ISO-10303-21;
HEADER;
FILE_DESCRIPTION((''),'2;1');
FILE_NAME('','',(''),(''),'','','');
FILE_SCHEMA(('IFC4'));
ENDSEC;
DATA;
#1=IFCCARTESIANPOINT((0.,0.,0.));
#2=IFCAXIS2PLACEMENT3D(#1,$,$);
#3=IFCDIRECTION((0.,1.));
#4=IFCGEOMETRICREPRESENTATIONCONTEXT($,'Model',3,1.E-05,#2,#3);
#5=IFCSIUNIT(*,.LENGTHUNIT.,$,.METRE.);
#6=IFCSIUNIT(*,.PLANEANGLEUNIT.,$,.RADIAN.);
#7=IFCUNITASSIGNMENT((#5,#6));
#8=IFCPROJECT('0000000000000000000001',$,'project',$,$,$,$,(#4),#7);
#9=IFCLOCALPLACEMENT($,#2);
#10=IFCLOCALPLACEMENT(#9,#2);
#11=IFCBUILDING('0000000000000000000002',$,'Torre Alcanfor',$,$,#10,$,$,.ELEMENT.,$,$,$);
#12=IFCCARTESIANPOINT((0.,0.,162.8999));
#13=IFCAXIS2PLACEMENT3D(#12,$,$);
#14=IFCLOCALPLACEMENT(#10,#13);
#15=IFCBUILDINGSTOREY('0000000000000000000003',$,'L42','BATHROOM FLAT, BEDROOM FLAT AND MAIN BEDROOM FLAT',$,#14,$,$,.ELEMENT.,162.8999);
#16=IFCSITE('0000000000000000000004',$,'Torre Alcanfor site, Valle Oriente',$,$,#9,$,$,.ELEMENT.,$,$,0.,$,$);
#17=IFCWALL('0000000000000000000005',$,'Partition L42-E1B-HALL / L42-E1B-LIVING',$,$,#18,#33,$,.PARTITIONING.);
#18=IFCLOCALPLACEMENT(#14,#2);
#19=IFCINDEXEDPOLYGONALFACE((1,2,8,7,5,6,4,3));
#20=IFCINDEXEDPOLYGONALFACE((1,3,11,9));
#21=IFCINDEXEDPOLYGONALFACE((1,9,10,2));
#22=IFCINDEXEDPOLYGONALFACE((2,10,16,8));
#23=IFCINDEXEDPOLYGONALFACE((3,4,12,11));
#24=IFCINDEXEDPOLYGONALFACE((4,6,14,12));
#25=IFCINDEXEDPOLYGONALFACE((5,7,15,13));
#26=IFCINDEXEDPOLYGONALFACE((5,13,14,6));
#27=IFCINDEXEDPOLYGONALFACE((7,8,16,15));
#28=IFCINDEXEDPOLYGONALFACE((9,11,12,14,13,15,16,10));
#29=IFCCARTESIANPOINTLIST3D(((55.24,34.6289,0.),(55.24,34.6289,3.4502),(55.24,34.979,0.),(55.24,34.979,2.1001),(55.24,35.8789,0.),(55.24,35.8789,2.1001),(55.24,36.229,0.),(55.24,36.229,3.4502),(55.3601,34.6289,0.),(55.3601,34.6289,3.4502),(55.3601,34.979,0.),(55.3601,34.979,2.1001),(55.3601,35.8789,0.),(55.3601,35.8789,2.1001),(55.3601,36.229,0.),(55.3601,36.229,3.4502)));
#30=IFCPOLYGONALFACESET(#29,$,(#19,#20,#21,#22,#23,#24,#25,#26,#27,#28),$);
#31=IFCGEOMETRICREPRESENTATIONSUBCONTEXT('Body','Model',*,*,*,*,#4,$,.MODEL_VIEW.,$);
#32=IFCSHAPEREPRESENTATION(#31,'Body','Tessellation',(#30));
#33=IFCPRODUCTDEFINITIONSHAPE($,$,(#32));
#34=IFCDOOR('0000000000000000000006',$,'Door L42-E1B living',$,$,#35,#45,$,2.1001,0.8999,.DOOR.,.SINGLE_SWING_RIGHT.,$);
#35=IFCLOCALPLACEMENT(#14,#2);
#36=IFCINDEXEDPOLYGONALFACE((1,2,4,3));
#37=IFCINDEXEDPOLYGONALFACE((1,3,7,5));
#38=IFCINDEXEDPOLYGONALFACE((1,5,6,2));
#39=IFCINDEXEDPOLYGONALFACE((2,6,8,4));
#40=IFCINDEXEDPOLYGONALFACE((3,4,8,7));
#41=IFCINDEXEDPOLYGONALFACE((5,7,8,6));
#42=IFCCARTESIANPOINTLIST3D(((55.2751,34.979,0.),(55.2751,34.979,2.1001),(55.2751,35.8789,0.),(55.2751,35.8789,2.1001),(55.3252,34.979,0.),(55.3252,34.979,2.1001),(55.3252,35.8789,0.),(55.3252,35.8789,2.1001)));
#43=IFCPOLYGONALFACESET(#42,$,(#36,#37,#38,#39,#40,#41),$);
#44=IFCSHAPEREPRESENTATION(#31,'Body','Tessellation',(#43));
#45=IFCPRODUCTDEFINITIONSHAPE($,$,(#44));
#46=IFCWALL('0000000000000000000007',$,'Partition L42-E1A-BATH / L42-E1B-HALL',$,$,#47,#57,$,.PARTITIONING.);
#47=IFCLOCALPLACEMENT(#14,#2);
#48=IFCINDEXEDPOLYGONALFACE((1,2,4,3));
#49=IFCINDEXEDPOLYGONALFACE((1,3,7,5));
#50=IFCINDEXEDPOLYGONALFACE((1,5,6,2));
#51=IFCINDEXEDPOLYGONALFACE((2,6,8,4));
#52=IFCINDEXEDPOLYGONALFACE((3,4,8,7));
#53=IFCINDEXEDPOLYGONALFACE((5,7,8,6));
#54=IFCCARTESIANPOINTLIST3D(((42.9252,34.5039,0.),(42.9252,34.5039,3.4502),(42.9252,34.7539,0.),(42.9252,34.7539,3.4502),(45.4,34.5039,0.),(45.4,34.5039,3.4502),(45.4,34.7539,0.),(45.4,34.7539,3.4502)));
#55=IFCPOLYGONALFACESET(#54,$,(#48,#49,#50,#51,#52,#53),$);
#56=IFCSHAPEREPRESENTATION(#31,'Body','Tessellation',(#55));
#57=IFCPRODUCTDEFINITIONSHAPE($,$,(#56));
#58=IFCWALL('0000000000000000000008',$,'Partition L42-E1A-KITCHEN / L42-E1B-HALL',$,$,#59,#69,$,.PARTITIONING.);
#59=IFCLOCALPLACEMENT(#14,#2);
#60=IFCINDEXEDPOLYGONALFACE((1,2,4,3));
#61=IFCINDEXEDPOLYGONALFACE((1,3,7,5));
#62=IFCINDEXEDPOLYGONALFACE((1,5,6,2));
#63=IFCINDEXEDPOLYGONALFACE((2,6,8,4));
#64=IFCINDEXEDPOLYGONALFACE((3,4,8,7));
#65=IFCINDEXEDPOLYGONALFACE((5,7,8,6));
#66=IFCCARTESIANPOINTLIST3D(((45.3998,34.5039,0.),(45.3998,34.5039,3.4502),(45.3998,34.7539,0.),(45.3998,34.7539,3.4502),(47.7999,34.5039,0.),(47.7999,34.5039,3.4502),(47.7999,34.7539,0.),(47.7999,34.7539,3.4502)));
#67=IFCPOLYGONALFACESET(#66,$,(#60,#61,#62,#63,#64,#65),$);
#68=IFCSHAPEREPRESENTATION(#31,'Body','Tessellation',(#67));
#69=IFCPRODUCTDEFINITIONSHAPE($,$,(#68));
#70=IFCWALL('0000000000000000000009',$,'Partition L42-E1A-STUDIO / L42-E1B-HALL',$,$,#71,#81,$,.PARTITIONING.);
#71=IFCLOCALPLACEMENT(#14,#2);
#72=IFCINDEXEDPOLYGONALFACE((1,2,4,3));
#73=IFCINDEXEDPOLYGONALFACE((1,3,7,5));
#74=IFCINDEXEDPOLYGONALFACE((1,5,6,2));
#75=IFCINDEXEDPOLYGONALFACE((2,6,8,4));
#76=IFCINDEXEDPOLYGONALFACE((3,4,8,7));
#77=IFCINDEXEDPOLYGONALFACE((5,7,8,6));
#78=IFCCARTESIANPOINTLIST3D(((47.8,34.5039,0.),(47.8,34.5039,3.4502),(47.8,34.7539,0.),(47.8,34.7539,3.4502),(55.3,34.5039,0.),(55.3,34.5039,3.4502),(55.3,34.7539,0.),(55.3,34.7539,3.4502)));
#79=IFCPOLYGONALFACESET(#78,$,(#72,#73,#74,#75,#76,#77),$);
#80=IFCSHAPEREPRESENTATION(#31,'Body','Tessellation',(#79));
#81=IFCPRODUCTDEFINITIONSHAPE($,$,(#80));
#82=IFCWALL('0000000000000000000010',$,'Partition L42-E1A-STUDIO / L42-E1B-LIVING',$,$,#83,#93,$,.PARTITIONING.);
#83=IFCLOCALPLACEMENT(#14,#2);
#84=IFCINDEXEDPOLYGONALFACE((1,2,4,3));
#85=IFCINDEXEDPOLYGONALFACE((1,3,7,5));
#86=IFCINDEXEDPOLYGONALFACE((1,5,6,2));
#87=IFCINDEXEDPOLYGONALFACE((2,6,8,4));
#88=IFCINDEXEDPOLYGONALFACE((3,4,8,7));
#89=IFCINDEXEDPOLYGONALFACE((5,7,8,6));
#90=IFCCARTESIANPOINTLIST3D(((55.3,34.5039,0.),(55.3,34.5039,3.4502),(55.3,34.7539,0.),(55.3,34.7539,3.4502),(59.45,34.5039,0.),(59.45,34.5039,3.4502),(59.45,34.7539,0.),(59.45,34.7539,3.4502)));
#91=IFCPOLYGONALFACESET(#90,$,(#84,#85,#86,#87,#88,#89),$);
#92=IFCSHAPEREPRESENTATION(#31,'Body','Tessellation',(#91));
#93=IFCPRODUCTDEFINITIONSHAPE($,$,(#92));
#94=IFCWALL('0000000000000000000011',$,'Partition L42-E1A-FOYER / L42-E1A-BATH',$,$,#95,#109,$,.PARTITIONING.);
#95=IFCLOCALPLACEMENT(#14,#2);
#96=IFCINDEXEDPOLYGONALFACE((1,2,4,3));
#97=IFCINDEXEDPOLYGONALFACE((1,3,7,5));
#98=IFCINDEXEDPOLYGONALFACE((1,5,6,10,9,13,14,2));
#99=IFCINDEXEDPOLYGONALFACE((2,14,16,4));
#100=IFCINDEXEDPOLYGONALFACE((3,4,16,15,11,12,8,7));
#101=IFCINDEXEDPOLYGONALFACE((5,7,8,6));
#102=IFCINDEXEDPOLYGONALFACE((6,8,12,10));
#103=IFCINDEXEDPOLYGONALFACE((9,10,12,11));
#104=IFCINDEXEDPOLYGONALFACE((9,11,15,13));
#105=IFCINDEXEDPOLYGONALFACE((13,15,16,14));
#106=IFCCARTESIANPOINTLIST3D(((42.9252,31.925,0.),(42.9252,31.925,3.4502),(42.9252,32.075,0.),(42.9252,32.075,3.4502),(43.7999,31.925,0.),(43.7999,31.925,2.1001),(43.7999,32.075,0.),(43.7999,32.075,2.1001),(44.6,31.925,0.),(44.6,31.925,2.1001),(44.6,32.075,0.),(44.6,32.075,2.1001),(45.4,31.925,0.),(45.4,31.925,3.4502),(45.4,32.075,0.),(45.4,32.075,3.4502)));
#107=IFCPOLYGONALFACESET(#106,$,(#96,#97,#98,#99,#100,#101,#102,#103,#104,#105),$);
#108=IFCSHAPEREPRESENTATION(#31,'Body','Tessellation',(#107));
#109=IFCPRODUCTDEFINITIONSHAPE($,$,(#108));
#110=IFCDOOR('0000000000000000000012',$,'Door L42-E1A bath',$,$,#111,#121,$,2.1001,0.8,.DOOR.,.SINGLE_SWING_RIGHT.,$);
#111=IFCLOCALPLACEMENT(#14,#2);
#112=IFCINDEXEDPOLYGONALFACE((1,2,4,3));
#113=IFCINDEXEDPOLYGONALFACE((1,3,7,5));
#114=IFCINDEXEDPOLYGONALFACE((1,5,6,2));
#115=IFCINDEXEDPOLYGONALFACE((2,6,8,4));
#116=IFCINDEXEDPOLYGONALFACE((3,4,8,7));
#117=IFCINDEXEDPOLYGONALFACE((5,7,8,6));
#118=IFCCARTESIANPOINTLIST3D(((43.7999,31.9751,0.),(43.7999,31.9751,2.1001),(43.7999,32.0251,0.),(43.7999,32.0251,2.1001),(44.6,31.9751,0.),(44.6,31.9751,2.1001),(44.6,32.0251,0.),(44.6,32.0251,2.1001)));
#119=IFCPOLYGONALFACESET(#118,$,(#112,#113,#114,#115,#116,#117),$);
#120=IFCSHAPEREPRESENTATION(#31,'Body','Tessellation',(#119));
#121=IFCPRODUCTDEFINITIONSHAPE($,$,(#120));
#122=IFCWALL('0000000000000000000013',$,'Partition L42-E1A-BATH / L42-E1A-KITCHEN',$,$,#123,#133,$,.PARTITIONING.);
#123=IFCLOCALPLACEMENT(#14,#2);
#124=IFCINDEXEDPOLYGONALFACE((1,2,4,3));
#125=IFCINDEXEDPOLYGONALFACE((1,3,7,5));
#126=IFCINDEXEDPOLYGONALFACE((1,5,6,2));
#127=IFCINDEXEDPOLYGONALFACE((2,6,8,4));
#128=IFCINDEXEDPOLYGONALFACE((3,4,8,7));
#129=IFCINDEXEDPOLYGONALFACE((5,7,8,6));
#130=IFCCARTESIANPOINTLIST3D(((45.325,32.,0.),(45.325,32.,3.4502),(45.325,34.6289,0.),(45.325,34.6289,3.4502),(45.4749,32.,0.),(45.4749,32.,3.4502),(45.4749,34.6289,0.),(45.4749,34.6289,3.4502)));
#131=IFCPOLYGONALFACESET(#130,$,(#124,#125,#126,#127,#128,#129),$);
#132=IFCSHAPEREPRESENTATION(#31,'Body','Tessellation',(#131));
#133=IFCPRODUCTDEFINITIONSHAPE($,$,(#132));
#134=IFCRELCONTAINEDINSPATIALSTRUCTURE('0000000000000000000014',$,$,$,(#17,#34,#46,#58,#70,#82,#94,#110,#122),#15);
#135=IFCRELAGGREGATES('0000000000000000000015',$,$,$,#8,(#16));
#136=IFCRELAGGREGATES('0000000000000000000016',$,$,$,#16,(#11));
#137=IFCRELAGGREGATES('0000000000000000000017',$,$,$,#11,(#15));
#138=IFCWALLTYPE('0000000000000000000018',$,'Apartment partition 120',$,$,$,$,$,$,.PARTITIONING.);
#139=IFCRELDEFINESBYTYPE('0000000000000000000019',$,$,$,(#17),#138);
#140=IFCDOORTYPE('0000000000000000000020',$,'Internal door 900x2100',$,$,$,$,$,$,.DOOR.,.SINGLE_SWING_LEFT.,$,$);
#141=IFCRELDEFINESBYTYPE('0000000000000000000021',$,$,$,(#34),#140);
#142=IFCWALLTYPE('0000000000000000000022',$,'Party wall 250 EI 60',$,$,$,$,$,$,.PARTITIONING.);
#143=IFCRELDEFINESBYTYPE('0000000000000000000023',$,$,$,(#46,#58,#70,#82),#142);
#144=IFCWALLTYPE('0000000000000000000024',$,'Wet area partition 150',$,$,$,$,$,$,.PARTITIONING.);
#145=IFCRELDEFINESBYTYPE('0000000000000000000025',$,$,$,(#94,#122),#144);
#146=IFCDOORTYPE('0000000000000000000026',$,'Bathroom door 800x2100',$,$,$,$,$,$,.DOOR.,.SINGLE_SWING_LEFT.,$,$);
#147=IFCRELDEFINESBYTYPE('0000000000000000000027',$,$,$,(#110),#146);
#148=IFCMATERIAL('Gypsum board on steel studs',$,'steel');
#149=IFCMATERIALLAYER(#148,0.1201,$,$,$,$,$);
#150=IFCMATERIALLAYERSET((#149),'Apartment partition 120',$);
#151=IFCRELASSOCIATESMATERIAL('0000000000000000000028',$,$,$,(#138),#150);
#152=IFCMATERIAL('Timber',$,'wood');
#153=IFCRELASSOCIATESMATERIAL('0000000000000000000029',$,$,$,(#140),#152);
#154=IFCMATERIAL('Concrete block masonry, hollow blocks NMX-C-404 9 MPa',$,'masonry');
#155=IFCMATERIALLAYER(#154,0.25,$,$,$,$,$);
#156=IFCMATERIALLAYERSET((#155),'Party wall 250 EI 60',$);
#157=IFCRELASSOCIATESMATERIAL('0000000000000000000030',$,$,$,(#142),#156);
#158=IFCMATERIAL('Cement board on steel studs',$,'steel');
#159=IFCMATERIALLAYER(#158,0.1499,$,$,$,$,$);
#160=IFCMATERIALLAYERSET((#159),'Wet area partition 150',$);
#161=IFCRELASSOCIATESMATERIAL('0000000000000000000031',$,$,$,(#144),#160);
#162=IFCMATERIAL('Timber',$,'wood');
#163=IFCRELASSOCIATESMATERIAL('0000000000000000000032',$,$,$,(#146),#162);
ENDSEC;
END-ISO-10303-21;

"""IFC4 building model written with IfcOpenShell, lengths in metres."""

from ifc_helpers import new_model, si_unit, direction, frame, frame_2d, origin, place, context, subcontext, project, spatial, rectangle, extrude, material, layer, layer_set, type_object, element, fill, save


model = new_model("IFC4")

# Units and contexts
model_context = context("Model", 3, precision=1e-05, world=origin(), true_north=direction((0.0, 1.0)))
body_context = subcontext(model_context, "Body", "Model", "MODEL_VIEW")
ifc_project = project(units=[si_unit("LENGTHUNIT", "METRE"), si_unit("PLANEANGLEUNIT", "RADIAN")], contexts=[model_context])

# Site, building, storey
site_placement = place(None, origin())
site = spatial("IfcSite", under=ifc_project, at=site_placement, Name="Torre Alcanfor site, Valle Oriente", CompositionType="ELEMENT", RefElevation=0.0)
building_placement = place(site_placement, origin())
building = spatial("IfcBuilding", under=site, at=building_placement, Name="Torre Alcanfor", CompositionType="ELEMENT")
storey_placement = place(building_placement, frame((0.0, 0.0, 162.8999)))
storey = spatial("IfcBuildingStorey", under=building, at=storey_placement, Name="L42", Description="BATHROOM FLAT, BEDROOM FLAT AND MAIN BEDROOM FLAT", CompositionType="ELEMENT", Elevation=162.8999)

# Wall, opening, door
ifc_material_1 = material(Name="Gypsum board on steel studs", Category="steel")
ifc_layer_1 = layer(ifc_material_1, 0.1201)
ifc_layer_set_1 = layer_set([ifc_layer_1], Name="Apartment partition 120")
wall_type_1 = type_object("IfcWallType", Name="Apartment partition 120", PredefinedType="PARTITIONING", material=ifc_layer_set_1)
wall_1_placement = place(storey_placement, frame((55.3, 34.6289, 0.0), z_axis=(0.0, 0.0, 1.0), x_axis=(0.0, 1.0, 0.0)))
wall_1 = element("IfcWall", 1, at=wall_1_placement, inside=storey, type_object=wall_type_1, Name="Partition L42-E1B-HALL / L42-E1B-LIVING", PredefinedType="PARTITIONING", context=body_context, shape_type="SweptSolid", body=[
    extrude(rectangle(XDim=1.6001, YDim=0.1201, at=frame_2d((0.8, 0.0))), origin(), (0.0, 0.0, 1.0), 3.4502),
])
opening_1_placement = place(wall_1_placement, frame((0.3501, 0.0, 0.0)))
opening_1 = element("IfcOpeningElement", 2, at=opening_1_placement, cuts=wall_1, PredefinedType="OPENING", context=body_context, shape_type="SweptSolid", body=[
    extrude(rectangle(XDim=0.8999, YDim=2.1001, at=frame_2d((0.45, 1.05))), frame((0.0, 0.0701, 0.0), z_axis=(0.0, -1.0, 0.0), x_axis=(1.0, 0.0, 0.0)), (0.0, 0.0, 1.0), 0.1401),
])
ifc_material_2 = material(Name="Timber", Category="wood")
door_type_1 = type_object("IfcDoorType", Name="Internal door 900x2100", OperationType="SINGLE_SWING_LEFT", PredefinedType="DOOR", material=ifc_material_2)
door_1_placement = place(opening_1_placement, frame((0.8999, 0.0, 0.0), z_axis=(0.0, 0.0, 1.0), x_axis=(-1.0, 0.0, 0.0)))
door_1 = element("IfcDoor", 3, at=door_1_placement, inside=storey, type_object=door_type_1, Name="Door L42-E1B living", OperationType="SINGLE_SWING_RIGHT", OverallHeight=2.1001, OverallWidth=0.8999, PredefinedType="DOOR", context=body_context, shape_type="SweptSolid", body=[
    extrude(rectangle(XDim=0.8999, YDim=2.1001, at=frame_2d((0.45, 1.05))), frame((0.0, 0.0251, 0.0), z_axis=(0.0, -1.0, 0.0), x_axis=(1.0, 0.0, 0.0)), (0.0, 0.0, 1.0), 0.05),
])
fill(opening_1, door_1)

# Walls
ifc_material_3 = material(Name="Concrete block masonry, hollow blocks NMX-C-404 9 MPa", Category="masonry")
ifc_layer_2 = layer(ifc_material_3, 0.25)
ifc_layer_set_2 = layer_set([ifc_layer_2], Name="Party wall 250 EI 60")
wall_type_2 = type_object("IfcWallType", Name="Party wall 250 EI 60", PredefinedType="PARTITIONING", material=ifc_layer_set_2)
wall_2_placement = place(storey_placement, frame((45.3999, 34.6289, 0.0), z_axis=(0.0, 0.0, 1.0), x_axis=(-1.0, 0.0, 0.0)))
element("IfcWall", 4, at=wall_2_placement, inside=storey, type_object=wall_type_2, Name="Partition L42-E1A-BATH / L42-E1B-HALL", PredefinedType="PARTITIONING", context=body_context, shape_type="SweptSolid", body=[
    extrude(rectangle(XDim=2.4749, YDim=0.25, at=frame_2d((1.2373, 0.0))), origin(), (0.0, 0.0, 1.0), 3.4502),
])
wall_3_placement = place(storey_placement, frame((47.8, 34.6289, 0.0), z_axis=(0.0, 0.0, 1.0), x_axis=(-1.0, 0.0, 0.0)))
element("IfcWall", 5, at=wall_3_placement, inside=storey, type_object=wall_type_2, Name="Partition L42-E1A-KITCHEN / L42-E1B-HALL", PredefinedType="PARTITIONING", context=body_context, shape_type="SweptSolid", body=[
    extrude(rectangle(XDim=2.4001, YDim=0.25, at=frame_2d((1.2002, 0.0))), origin(), (0.0, 0.0, 1.0), 3.4502),
])
wall_4_placement = place(storey_placement, frame((55.3, 34.6289, 0.0), z_axis=(0.0, 0.0, 1.0), x_axis=(-1.0, 0.0, 0.0)))
element("IfcWall", 6, at=wall_4_placement, inside=storey, type_object=wall_type_2, Name="Partition L42-E1A-STUDIO / L42-E1B-HALL", PredefinedType="PARTITIONING", context=body_context, shape_type="SweptSolid", body=[
    extrude(rectangle(XDim=7.5, YDim=0.25, at=frame_2d((3.75, 0.0))), origin(), (0.0, 0.0, 1.0), 3.4502),
])
wall_5_placement = place(storey_placement, frame((59.45, 34.6289, 0.0), z_axis=(0.0, 0.0, 1.0), x_axis=(-1.0, 0.0, 0.0)))
element("IfcWall", 7, at=wall_5_placement, inside=storey, type_object=wall_type_2, Name="Partition L42-E1A-STUDIO / L42-E1B-LIVING", PredefinedType="PARTITIONING", context=body_context, shape_type="SweptSolid", body=[
    extrude(rectangle(XDim=4.1499, YDim=0.25, at=frame_2d((2.075, 0.0))), origin(), (0.0, 0.0, 1.0), 3.4502),
])

# Wall, opening, door
ifc_material_4 = material(Name="Cement board on steel studs", Category="steel")
ifc_layer_3 = layer(ifc_material_4, 0.1499)
ifc_layer_set_3 = layer_set([ifc_layer_3], Name="Wet area partition 150")
wall_type_3 = type_object("IfcWallType", Name="Wet area partition 150", PredefinedType="PARTITIONING", material=ifc_layer_set_3)
wall_6_placement = place(storey_placement, frame((45.3999, 32.0, 0.0), z_axis=(0.0, 0.0, 1.0), x_axis=(-1.0, 0.0, 0.0)))
wall_6 = element("IfcWall", 8, at=wall_6_placement, inside=storey, type_object=wall_type_3, Name="Partition L42-E1A-FOYER / L42-E1A-BATH", PredefinedType="PARTITIONING", context=body_context, shape_type="SweptSolid", body=[
    extrude(rectangle(XDim=2.4749, YDim=0.1499, at=frame_2d((1.2373, 0.0))), origin(), (0.0, 0.0, 1.0), 3.4502),
])
opening_2_placement = place(wall_6_placement, frame((0.8, 0.0, 0.0)))
opening_2 = element("IfcOpeningElement", 9, at=opening_2_placement, cuts=wall_6, PredefinedType="OPENING", context=body_context, shape_type="SweptSolid", body=[
    extrude(rectangle(XDim=0.8, YDim=2.1001, at=frame_2d((0.3999, 1.05))), frame((0.0, 0.085, 0.0), z_axis=(0.0, -1.0, 0.0), x_axis=(1.0, 0.0, 0.0)), (0.0, 0.0, 1.0), 0.1699),
])
ifc_material_5 = material(Name="Timber", Category="wood")
door_type_2 = type_object("IfcDoorType", Name="Bathroom door 800x2100", OperationType="SINGLE_SWING_LEFT", PredefinedType="DOOR", material=ifc_material_5)
door_2_placement = place(opening_2_placement, frame((0.8, 0.0, 0.0), z_axis=(0.0, 0.0, 1.0), x_axis=(-1.0, 0.0, 0.0)))
door_2 = element("IfcDoor", 10, at=door_2_placement, inside=storey, type_object=door_type_2, Name="Door L42-E1A bath", OperationType="SINGLE_SWING_RIGHT", OverallHeight=2.1001, OverallWidth=0.8, PredefinedType="DOOR", context=body_context, shape_type="SweptSolid", body=[
    extrude(rectangle(XDim=0.8, YDim=2.1001, at=frame_2d((0.4001, 1.05))), frame((0.0, 0.0251, 0.0), z_axis=(0.0, -1.0, 0.0), x_axis=(1.0, 0.0, 0.0)), (0.0, 0.0, 1.0), 0.05),
])
fill(opening_2, door_2)

# Wall
wall_7_placement = place(storey_placement, frame((45.3999, 32.0, 0.0), z_axis=(0.0, 0.0, 1.0), x_axis=(0.0, 1.0, 0.0)))
element("IfcWall", 11, at=wall_7_placement, inside=storey, type_object=wall_type_3, Name="Partition L42-E1A-BATH / L42-E1A-KITCHEN", PredefinedType="PARTITIONING", context=body_context, shape_type="SweptSolid", body=[
    extrude(rectangle(XDim=2.6289, YDim=0.1499, at=frame_2d((1.3145, 0.0))), origin(), (0.0, 0.0, 1.0), 3.4502),
])

save(model, "model.ifc")
